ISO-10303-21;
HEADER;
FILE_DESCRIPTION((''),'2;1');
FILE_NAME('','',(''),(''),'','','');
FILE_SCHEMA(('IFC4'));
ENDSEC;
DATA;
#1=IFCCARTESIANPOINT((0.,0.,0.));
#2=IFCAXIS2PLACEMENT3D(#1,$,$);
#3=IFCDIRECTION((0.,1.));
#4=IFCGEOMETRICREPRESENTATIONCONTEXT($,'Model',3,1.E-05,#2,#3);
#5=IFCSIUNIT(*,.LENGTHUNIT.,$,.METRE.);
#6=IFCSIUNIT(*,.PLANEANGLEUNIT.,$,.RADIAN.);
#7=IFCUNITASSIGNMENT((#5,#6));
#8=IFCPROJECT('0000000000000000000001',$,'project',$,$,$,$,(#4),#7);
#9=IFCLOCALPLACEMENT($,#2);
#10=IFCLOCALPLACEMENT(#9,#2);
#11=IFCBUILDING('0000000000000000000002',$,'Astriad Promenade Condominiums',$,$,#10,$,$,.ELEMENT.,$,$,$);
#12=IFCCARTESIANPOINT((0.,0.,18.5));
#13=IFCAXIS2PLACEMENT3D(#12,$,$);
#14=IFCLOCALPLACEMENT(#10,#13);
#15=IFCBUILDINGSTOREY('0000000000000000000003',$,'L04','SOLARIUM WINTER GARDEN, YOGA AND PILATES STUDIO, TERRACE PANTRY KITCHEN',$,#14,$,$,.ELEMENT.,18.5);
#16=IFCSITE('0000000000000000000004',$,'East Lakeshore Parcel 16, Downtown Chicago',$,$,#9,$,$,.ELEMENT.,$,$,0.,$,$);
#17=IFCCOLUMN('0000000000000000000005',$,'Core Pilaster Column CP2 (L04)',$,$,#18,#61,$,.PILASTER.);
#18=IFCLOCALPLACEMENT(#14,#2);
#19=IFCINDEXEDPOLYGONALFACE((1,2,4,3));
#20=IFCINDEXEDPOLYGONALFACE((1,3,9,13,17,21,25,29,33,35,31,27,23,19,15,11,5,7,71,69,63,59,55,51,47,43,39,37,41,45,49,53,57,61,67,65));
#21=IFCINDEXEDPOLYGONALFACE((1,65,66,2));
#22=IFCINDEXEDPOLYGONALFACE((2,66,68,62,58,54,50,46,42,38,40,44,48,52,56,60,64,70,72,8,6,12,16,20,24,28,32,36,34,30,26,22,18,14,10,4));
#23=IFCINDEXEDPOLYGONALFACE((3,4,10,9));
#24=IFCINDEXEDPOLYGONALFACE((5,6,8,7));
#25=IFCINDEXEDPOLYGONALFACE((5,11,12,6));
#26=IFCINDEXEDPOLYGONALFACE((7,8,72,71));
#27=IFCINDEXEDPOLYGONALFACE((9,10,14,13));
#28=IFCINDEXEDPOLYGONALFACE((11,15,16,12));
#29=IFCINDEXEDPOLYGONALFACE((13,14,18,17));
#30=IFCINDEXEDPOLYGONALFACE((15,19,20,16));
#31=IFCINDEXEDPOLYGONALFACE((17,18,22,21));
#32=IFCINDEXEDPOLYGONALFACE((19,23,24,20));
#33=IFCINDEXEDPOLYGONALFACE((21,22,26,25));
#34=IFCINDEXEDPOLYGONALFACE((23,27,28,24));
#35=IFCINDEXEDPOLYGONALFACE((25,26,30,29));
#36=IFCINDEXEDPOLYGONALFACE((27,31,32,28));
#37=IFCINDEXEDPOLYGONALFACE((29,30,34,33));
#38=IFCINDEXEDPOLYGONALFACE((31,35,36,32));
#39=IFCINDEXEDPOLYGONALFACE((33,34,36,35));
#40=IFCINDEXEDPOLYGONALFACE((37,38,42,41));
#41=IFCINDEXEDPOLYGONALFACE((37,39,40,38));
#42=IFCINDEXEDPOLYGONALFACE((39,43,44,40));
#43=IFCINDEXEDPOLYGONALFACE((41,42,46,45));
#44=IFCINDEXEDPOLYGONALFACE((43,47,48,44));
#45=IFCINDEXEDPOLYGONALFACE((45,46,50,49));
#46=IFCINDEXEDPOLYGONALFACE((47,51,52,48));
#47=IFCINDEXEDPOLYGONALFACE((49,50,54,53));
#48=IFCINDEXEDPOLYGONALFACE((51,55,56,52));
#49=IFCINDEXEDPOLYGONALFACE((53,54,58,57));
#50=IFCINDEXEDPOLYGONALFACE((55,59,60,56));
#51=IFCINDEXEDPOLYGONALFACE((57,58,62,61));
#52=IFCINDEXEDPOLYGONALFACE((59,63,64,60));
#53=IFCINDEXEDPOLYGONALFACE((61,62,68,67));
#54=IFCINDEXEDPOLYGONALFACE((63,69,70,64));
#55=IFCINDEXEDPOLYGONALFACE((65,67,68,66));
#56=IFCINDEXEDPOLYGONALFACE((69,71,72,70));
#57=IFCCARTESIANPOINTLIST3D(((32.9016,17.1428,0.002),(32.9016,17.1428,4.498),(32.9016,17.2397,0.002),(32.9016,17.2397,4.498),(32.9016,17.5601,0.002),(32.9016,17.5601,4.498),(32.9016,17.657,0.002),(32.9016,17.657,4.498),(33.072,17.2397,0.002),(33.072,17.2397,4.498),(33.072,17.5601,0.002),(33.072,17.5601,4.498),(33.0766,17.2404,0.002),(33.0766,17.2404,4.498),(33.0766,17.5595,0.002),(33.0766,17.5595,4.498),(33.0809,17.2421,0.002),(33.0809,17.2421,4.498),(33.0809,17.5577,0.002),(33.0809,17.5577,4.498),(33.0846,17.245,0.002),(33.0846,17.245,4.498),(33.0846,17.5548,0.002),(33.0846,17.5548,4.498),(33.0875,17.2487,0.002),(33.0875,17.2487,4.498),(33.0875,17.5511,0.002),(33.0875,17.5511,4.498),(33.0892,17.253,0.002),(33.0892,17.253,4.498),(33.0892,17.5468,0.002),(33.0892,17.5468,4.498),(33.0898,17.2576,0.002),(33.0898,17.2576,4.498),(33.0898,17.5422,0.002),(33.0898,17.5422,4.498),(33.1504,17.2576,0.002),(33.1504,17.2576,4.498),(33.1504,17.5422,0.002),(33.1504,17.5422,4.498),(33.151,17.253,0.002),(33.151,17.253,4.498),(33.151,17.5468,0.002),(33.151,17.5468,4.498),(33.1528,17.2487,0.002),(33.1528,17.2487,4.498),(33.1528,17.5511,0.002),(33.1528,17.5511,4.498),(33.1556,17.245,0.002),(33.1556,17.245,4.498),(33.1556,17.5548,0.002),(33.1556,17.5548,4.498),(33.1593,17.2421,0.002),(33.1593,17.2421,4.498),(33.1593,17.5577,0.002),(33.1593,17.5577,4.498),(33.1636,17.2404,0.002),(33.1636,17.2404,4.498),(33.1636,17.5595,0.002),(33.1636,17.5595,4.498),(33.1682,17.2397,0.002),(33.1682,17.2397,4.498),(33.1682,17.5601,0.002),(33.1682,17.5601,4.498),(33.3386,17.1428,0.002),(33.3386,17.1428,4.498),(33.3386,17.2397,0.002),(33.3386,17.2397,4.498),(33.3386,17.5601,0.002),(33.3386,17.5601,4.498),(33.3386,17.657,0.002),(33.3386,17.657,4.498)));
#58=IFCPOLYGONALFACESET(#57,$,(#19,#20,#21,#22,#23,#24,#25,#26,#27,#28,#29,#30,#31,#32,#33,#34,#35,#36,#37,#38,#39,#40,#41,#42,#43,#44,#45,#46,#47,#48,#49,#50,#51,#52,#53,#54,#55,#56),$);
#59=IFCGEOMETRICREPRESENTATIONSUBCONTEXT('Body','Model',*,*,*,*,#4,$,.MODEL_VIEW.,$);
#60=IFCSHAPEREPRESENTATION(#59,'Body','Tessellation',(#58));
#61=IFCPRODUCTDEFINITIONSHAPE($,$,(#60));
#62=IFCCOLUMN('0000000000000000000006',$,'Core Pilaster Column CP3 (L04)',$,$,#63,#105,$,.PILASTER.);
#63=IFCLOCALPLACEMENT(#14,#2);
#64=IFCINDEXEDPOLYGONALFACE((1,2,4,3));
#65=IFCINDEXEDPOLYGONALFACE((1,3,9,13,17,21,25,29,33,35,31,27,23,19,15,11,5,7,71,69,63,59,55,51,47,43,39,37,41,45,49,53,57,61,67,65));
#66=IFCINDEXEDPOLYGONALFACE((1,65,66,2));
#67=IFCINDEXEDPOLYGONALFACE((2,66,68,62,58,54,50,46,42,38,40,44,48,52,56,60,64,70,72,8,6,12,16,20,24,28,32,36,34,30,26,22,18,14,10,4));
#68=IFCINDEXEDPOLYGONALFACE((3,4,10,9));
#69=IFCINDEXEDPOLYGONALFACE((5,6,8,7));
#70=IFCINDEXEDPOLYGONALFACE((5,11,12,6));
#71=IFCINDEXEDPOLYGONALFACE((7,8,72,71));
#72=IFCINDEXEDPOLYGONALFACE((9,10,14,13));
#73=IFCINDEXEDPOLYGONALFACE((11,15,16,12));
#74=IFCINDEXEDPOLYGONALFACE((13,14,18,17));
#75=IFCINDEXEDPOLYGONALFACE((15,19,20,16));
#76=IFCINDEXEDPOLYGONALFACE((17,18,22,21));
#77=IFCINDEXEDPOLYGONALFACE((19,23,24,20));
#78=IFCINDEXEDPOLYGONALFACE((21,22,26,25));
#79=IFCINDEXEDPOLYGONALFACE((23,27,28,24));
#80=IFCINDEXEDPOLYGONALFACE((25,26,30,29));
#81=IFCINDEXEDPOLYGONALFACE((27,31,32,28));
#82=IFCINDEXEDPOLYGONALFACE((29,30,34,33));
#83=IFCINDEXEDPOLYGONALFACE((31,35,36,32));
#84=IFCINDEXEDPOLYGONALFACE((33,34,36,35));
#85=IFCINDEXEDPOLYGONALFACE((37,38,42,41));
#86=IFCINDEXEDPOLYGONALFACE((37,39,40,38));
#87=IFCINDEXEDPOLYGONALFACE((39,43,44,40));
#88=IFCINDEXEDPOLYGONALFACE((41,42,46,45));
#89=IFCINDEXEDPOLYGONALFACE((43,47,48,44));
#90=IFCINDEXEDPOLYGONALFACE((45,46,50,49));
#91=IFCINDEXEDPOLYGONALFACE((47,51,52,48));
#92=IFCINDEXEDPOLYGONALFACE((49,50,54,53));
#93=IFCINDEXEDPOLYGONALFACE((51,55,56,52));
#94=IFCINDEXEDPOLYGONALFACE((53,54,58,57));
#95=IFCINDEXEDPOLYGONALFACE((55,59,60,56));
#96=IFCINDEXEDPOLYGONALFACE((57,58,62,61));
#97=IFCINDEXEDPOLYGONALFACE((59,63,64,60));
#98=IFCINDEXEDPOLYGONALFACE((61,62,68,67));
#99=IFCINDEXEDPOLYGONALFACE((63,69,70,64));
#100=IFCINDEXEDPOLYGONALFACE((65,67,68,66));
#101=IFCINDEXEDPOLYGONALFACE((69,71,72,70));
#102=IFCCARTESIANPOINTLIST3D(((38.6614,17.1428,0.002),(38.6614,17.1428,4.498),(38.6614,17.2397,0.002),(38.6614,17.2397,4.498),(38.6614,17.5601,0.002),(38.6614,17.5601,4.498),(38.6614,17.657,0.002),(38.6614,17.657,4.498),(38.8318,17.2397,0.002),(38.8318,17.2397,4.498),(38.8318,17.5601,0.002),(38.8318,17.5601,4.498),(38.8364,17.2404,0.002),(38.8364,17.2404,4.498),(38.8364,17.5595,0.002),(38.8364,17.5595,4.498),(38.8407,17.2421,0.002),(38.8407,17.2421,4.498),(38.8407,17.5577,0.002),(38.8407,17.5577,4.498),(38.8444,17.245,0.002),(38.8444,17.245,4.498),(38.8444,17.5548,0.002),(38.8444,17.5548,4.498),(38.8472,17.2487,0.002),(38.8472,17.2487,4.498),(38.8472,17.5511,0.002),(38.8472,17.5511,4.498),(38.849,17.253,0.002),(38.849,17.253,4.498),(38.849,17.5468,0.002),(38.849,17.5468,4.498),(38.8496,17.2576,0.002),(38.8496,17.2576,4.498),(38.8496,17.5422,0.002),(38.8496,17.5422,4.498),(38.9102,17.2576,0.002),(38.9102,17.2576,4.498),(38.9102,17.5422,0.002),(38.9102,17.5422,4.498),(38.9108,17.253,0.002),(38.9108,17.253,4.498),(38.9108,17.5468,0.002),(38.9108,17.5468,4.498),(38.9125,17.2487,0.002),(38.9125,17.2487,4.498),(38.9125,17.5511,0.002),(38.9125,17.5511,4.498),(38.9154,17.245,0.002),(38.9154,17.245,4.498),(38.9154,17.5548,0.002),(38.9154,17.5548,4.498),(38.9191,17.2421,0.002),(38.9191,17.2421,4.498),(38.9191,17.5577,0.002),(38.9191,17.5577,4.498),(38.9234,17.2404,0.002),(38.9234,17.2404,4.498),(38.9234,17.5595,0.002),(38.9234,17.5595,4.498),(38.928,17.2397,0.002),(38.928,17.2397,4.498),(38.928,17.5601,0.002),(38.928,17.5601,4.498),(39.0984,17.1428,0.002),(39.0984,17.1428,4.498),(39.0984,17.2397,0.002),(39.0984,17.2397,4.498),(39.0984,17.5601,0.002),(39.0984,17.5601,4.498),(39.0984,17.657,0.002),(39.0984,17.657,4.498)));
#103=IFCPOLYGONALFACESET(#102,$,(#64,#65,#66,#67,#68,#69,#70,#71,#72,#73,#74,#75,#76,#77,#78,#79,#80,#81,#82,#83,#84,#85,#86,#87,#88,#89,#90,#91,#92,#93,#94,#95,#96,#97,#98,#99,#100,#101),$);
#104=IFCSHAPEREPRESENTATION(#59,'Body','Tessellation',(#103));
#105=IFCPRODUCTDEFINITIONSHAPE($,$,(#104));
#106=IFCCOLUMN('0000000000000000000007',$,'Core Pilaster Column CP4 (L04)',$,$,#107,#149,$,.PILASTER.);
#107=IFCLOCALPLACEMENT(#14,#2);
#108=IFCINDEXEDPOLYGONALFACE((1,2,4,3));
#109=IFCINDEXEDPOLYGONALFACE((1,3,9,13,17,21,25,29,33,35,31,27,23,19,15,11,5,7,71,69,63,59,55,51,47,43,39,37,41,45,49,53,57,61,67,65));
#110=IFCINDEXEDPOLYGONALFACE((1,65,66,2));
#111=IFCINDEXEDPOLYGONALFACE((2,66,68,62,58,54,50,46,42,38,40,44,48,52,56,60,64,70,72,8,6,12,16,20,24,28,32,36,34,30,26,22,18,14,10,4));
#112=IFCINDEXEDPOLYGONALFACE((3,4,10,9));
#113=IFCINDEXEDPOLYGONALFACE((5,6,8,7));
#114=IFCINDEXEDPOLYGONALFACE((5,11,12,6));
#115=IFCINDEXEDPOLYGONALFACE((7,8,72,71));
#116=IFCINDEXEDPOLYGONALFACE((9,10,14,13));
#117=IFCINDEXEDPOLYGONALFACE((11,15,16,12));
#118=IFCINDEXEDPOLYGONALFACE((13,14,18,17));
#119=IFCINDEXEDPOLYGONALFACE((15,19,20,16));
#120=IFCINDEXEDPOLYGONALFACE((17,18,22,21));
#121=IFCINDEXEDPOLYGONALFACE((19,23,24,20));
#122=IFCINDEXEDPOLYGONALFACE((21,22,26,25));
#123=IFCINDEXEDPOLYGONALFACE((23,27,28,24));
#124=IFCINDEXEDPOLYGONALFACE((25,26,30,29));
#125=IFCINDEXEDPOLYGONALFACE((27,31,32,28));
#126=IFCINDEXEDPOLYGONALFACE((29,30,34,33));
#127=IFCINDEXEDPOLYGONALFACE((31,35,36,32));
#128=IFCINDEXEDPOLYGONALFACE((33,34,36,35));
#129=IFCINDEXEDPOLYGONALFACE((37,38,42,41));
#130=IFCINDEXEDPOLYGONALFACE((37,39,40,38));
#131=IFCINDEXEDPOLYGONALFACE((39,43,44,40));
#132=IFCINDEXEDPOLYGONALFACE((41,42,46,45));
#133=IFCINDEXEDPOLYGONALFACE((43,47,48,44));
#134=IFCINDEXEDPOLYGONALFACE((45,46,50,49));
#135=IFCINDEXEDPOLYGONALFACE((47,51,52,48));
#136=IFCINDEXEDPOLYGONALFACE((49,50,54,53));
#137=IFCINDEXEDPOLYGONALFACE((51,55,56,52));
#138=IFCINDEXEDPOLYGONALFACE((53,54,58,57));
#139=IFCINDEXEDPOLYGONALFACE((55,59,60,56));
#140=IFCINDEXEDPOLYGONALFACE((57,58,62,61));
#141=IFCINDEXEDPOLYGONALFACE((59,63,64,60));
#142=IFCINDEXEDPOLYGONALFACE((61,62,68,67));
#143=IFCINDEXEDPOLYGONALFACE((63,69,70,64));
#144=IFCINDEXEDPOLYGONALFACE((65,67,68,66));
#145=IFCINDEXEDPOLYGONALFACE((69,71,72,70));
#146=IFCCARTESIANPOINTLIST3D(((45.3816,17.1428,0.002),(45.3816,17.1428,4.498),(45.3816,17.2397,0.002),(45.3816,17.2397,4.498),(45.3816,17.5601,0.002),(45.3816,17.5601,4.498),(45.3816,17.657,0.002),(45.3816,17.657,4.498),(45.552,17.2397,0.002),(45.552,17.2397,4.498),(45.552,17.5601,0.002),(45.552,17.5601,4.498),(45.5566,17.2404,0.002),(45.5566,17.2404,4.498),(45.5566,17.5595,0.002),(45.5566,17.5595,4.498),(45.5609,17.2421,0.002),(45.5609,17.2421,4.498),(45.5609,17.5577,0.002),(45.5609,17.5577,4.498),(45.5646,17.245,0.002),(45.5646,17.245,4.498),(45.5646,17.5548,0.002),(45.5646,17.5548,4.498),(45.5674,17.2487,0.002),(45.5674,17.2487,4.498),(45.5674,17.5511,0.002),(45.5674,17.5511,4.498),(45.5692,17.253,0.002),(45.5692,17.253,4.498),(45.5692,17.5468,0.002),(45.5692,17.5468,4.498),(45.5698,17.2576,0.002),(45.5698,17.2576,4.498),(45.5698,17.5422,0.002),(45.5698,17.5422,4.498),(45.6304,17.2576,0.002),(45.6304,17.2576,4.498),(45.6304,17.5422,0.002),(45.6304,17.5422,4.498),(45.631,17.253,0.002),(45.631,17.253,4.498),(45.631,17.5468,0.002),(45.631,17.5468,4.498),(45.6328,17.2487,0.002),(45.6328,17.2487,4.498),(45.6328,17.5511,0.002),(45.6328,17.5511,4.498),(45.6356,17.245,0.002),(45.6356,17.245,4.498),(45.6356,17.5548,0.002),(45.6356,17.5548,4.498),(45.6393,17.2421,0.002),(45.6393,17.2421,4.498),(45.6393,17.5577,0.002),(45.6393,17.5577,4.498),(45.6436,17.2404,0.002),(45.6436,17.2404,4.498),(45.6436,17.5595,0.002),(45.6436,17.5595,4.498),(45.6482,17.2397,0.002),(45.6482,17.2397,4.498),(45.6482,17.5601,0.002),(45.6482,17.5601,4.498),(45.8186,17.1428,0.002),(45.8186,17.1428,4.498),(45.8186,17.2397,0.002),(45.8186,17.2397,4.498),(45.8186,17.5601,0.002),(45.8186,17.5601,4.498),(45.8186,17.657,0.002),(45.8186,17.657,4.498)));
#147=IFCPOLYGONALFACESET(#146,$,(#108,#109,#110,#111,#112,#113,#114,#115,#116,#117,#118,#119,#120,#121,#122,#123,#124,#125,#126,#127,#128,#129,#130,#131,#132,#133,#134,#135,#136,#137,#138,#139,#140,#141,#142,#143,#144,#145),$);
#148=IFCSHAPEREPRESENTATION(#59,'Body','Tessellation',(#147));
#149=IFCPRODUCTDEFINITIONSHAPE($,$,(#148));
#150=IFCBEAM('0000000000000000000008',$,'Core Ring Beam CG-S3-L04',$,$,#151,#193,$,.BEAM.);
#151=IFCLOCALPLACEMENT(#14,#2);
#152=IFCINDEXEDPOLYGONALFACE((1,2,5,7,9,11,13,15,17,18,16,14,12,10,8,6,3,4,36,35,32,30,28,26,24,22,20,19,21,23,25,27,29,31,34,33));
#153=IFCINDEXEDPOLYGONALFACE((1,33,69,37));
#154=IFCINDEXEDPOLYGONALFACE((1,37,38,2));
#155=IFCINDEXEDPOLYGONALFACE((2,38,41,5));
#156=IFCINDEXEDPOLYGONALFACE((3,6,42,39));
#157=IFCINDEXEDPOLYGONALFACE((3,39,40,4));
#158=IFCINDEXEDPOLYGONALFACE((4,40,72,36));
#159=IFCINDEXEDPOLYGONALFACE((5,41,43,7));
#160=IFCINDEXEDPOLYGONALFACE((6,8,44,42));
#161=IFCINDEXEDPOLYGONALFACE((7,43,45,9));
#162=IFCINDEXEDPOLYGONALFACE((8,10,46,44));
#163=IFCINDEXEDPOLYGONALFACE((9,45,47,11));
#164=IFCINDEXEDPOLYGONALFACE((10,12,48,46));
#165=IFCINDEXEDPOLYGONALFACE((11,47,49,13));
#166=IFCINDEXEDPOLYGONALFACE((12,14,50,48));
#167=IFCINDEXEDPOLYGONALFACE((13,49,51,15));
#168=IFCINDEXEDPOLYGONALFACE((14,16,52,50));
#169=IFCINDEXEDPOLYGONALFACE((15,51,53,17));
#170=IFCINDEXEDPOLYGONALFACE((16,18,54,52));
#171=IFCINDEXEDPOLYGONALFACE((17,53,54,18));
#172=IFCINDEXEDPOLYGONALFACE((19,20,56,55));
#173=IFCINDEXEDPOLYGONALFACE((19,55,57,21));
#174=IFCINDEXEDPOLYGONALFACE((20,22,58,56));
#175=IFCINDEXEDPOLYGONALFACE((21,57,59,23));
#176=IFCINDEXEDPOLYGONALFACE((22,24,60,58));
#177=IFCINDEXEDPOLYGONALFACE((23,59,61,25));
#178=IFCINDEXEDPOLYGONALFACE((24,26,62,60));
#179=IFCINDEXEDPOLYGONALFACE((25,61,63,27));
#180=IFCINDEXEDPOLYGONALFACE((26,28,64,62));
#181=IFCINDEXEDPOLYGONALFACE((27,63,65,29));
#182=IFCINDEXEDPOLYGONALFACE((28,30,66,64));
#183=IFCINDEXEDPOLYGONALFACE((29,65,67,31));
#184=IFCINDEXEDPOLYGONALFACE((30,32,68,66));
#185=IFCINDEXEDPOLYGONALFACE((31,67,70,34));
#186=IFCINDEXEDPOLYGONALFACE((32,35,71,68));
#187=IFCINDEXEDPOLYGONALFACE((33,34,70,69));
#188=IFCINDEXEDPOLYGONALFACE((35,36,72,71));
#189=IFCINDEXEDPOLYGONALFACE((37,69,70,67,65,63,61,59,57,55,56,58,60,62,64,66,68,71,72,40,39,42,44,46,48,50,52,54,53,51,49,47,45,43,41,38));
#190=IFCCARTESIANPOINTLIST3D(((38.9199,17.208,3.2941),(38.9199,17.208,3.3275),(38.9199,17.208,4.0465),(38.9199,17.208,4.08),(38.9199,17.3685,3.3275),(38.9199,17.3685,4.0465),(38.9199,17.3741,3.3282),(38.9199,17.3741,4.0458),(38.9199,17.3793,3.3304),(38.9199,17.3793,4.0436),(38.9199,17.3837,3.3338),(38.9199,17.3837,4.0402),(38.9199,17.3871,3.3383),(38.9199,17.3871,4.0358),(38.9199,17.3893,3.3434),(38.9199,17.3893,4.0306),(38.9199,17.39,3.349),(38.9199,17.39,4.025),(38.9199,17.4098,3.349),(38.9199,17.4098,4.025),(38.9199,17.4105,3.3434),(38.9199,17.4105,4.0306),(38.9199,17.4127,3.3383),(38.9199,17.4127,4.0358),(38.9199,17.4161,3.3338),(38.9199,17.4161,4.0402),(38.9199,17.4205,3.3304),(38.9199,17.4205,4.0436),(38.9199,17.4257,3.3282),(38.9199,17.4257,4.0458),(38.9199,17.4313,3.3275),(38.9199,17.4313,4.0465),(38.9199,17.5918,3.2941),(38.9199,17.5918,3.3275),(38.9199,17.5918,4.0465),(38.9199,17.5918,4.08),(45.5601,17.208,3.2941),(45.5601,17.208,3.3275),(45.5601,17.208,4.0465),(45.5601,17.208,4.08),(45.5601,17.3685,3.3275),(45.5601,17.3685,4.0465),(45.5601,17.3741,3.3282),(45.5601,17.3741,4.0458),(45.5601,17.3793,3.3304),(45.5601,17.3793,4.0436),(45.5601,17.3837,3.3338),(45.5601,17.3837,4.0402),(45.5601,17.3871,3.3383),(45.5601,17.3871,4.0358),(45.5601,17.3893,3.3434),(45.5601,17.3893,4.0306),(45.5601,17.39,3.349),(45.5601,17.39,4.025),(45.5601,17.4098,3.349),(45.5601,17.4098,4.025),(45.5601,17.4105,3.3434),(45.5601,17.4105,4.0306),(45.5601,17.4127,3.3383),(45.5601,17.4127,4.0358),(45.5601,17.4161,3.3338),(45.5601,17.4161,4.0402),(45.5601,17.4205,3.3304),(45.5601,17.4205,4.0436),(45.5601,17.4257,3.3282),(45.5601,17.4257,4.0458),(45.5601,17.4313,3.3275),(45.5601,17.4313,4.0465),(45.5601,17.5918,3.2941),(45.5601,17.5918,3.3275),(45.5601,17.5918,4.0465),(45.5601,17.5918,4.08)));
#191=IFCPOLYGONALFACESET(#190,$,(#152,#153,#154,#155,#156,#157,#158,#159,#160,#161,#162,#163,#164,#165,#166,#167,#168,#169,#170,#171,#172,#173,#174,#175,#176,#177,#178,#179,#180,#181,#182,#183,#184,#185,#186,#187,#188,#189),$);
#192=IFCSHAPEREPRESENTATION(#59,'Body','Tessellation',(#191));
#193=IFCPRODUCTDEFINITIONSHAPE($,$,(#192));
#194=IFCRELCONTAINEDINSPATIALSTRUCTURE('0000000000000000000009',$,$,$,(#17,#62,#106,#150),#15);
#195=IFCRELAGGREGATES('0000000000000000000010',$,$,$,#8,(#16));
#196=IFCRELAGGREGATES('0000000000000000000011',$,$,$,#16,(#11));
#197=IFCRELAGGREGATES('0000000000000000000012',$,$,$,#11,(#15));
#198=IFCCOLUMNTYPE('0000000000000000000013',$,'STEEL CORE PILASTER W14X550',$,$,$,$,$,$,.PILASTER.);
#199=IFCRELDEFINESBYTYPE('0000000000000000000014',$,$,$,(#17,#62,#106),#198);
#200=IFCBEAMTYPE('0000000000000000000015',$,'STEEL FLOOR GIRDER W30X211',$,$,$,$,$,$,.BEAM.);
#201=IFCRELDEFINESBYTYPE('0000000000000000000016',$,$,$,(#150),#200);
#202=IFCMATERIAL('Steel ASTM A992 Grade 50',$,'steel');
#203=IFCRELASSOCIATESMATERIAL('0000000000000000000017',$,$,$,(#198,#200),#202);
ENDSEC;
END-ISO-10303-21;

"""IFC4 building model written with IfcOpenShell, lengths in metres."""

from ifc_helpers import new_model, si_unit, direction, frame, origin, origin_2d, place, context, subcontext, project, spatial, i_section, extrude, source, transform, mapped, material, material_profile, profile_set, type_object, type_shapes, element, save


model = new_model("IFC4")

# Units and contexts
model_context = context("Model", 3, precision=1e-05, world=origin(), true_north=direction((0.0, 1.0)))
body_context = subcontext(model_context, "Body", "Model", "MODEL_VIEW")
ifc_project = project(units=[si_unit("LENGTHUNIT", "METRE"), si_unit("PLANEANGLEUNIT", "RADIAN")], contexts=[model_context])

# Site, building, storey
site_placement = place(None, origin())
site = spatial("IfcSite", under=ifc_project, at=site_placement, Name="East Lakeshore Parcel 16, Downtown Chicago", CompositionType="ELEMENT", RefElevation=0.0)
building_placement = place(site_placement, origin())
building = spatial("IfcBuilding", under=site, at=building_placement, Name="Astriad Promenade Condominiums", CompositionType="ELEMENT")
storey_placement = place(building_placement, frame((0.0, 0.0, 18.5)))
storey = spatial("IfcBuildingStorey", under=building, at=storey_placement, Name="L04", Description="SOLARIUM WINTER GARDEN, YOGA AND PILATES STUDIO, TERRACE PANTRY KITCHEN", CompositionType="ELEMENT", Elevation=18.5)

# Columns
ifc_material_1 = material(Name="Steel ASTM A992 Grade 50", Category="steel")
ifc_material_profile_1 = material_profile(ifc_material_1, i_section(OverallWidth=0.437, OverallDepth=0.5142, WebThickness=0.0605, FlangeThickness=0.0969, FilletRadius=0.0178, at=origin_2d()), Name="W14X550")
ifc_profile_set_1 = profile_set([ifc_material_profile_1], Name="Steel ASTM A992 Grade 50")
column_type = type_object("IfcColumnType", Name="STEEL CORE PILASTER W14X550", PredefinedType="PILASTER", material=ifc_profile_set_1)
shared_shape_1 = source(origin(), body_context, "Body", "SweptSolid", [
    extrude(i_section(OverallWidth=0.437, OverallDepth=0.5142, WebThickness=0.0605, FlangeThickness=0.0969, FilletRadius=0.0178, at=origin_2d()), origin(), (0.0, 0.0, 1.0), 4.4961),
])
type_shapes(column_type, [shared_shape_1])
for number, where, z_axis, x_axis, name in (
    (1, (33.1201, 17.3999, 0.002), (0.0, 0.0, 1.0), (1.0, 0.0, 0.0), "Core Pilaster Column CP2 (L04)"),
    (2, (38.8799, 17.3999, 0.002), (0.0, 0.0, 1.0), (1.0, 0.0, 0.0), "Core Pilaster Column CP3 (L04)"),
    (3, (45.6001, 17.3999, 0.002), (0.0, 0.0, 1.0), (1.0, 0.0, 0.0), "Core Pilaster Column CP4 (L04)"),
):
    element("IfcColumn", number, at=place(storey_placement, frame(where, z_axis=z_axis, x_axis=x_axis)), inside=storey, type_object=column_type, Name=name, PredefinedType="PILASTER", context=body_context, shape_type="MappedRepresentation", body=[
        mapped(shared_shape_1, transform((0.0, 0.0, 0.0), scale=1.0)),
    ])

# Beam
ifc_material_profile_2 = material_profile(ifc_material_1, i_section(OverallWidth=0.3838, OverallDepth=0.7859, WebThickness=0.0198, FlangeThickness=0.0334, FilletRadius=0.0215, at=origin_2d()), Name="W30X211")
ifc_profile_set_2 = profile_set([ifc_material_profile_2], Name="Steel ASTM A992 Grade 50")
beam_type_1 = type_object("IfcBeamType", Name="STEEL FLOOR GIRDER W30X211", PredefinedType="BEAM", material=ifc_profile_set_2)
shared_shape_2 = source(origin(), body_context, "Body", "SweptSolid", [
    extrude(i_section(OverallWidth=0.3838, OverallDepth=0.7859, WebThickness=0.0198, FlangeThickness=0.0334, FilletRadius=0.0215, at=origin_2d()), origin(), (0.0, 0.0, 1.0), 6.6401),
])
type_shapes(beam_type_1, [shared_shape_2])
beam_1_placement = place(storey_placement, frame((38.9199, 17.3999, 3.687), z_axis=(1.0, 0.0, 0.0), x_axis=(0.0, 1.0, 0.0)))
element("IfcBeam", 4, at=beam_1_placement, inside=storey, type_object=beam_type_1, Name="Core Ring Beam CG-S3-L04", PredefinedType="BEAM", context=body_context, shape_type="MappedRepresentation", body=[
    mapped(shared_shape_2, transform((0.0, 0.0, 0.0), scale=1.0)),
])

save(model, "model.ifc")
